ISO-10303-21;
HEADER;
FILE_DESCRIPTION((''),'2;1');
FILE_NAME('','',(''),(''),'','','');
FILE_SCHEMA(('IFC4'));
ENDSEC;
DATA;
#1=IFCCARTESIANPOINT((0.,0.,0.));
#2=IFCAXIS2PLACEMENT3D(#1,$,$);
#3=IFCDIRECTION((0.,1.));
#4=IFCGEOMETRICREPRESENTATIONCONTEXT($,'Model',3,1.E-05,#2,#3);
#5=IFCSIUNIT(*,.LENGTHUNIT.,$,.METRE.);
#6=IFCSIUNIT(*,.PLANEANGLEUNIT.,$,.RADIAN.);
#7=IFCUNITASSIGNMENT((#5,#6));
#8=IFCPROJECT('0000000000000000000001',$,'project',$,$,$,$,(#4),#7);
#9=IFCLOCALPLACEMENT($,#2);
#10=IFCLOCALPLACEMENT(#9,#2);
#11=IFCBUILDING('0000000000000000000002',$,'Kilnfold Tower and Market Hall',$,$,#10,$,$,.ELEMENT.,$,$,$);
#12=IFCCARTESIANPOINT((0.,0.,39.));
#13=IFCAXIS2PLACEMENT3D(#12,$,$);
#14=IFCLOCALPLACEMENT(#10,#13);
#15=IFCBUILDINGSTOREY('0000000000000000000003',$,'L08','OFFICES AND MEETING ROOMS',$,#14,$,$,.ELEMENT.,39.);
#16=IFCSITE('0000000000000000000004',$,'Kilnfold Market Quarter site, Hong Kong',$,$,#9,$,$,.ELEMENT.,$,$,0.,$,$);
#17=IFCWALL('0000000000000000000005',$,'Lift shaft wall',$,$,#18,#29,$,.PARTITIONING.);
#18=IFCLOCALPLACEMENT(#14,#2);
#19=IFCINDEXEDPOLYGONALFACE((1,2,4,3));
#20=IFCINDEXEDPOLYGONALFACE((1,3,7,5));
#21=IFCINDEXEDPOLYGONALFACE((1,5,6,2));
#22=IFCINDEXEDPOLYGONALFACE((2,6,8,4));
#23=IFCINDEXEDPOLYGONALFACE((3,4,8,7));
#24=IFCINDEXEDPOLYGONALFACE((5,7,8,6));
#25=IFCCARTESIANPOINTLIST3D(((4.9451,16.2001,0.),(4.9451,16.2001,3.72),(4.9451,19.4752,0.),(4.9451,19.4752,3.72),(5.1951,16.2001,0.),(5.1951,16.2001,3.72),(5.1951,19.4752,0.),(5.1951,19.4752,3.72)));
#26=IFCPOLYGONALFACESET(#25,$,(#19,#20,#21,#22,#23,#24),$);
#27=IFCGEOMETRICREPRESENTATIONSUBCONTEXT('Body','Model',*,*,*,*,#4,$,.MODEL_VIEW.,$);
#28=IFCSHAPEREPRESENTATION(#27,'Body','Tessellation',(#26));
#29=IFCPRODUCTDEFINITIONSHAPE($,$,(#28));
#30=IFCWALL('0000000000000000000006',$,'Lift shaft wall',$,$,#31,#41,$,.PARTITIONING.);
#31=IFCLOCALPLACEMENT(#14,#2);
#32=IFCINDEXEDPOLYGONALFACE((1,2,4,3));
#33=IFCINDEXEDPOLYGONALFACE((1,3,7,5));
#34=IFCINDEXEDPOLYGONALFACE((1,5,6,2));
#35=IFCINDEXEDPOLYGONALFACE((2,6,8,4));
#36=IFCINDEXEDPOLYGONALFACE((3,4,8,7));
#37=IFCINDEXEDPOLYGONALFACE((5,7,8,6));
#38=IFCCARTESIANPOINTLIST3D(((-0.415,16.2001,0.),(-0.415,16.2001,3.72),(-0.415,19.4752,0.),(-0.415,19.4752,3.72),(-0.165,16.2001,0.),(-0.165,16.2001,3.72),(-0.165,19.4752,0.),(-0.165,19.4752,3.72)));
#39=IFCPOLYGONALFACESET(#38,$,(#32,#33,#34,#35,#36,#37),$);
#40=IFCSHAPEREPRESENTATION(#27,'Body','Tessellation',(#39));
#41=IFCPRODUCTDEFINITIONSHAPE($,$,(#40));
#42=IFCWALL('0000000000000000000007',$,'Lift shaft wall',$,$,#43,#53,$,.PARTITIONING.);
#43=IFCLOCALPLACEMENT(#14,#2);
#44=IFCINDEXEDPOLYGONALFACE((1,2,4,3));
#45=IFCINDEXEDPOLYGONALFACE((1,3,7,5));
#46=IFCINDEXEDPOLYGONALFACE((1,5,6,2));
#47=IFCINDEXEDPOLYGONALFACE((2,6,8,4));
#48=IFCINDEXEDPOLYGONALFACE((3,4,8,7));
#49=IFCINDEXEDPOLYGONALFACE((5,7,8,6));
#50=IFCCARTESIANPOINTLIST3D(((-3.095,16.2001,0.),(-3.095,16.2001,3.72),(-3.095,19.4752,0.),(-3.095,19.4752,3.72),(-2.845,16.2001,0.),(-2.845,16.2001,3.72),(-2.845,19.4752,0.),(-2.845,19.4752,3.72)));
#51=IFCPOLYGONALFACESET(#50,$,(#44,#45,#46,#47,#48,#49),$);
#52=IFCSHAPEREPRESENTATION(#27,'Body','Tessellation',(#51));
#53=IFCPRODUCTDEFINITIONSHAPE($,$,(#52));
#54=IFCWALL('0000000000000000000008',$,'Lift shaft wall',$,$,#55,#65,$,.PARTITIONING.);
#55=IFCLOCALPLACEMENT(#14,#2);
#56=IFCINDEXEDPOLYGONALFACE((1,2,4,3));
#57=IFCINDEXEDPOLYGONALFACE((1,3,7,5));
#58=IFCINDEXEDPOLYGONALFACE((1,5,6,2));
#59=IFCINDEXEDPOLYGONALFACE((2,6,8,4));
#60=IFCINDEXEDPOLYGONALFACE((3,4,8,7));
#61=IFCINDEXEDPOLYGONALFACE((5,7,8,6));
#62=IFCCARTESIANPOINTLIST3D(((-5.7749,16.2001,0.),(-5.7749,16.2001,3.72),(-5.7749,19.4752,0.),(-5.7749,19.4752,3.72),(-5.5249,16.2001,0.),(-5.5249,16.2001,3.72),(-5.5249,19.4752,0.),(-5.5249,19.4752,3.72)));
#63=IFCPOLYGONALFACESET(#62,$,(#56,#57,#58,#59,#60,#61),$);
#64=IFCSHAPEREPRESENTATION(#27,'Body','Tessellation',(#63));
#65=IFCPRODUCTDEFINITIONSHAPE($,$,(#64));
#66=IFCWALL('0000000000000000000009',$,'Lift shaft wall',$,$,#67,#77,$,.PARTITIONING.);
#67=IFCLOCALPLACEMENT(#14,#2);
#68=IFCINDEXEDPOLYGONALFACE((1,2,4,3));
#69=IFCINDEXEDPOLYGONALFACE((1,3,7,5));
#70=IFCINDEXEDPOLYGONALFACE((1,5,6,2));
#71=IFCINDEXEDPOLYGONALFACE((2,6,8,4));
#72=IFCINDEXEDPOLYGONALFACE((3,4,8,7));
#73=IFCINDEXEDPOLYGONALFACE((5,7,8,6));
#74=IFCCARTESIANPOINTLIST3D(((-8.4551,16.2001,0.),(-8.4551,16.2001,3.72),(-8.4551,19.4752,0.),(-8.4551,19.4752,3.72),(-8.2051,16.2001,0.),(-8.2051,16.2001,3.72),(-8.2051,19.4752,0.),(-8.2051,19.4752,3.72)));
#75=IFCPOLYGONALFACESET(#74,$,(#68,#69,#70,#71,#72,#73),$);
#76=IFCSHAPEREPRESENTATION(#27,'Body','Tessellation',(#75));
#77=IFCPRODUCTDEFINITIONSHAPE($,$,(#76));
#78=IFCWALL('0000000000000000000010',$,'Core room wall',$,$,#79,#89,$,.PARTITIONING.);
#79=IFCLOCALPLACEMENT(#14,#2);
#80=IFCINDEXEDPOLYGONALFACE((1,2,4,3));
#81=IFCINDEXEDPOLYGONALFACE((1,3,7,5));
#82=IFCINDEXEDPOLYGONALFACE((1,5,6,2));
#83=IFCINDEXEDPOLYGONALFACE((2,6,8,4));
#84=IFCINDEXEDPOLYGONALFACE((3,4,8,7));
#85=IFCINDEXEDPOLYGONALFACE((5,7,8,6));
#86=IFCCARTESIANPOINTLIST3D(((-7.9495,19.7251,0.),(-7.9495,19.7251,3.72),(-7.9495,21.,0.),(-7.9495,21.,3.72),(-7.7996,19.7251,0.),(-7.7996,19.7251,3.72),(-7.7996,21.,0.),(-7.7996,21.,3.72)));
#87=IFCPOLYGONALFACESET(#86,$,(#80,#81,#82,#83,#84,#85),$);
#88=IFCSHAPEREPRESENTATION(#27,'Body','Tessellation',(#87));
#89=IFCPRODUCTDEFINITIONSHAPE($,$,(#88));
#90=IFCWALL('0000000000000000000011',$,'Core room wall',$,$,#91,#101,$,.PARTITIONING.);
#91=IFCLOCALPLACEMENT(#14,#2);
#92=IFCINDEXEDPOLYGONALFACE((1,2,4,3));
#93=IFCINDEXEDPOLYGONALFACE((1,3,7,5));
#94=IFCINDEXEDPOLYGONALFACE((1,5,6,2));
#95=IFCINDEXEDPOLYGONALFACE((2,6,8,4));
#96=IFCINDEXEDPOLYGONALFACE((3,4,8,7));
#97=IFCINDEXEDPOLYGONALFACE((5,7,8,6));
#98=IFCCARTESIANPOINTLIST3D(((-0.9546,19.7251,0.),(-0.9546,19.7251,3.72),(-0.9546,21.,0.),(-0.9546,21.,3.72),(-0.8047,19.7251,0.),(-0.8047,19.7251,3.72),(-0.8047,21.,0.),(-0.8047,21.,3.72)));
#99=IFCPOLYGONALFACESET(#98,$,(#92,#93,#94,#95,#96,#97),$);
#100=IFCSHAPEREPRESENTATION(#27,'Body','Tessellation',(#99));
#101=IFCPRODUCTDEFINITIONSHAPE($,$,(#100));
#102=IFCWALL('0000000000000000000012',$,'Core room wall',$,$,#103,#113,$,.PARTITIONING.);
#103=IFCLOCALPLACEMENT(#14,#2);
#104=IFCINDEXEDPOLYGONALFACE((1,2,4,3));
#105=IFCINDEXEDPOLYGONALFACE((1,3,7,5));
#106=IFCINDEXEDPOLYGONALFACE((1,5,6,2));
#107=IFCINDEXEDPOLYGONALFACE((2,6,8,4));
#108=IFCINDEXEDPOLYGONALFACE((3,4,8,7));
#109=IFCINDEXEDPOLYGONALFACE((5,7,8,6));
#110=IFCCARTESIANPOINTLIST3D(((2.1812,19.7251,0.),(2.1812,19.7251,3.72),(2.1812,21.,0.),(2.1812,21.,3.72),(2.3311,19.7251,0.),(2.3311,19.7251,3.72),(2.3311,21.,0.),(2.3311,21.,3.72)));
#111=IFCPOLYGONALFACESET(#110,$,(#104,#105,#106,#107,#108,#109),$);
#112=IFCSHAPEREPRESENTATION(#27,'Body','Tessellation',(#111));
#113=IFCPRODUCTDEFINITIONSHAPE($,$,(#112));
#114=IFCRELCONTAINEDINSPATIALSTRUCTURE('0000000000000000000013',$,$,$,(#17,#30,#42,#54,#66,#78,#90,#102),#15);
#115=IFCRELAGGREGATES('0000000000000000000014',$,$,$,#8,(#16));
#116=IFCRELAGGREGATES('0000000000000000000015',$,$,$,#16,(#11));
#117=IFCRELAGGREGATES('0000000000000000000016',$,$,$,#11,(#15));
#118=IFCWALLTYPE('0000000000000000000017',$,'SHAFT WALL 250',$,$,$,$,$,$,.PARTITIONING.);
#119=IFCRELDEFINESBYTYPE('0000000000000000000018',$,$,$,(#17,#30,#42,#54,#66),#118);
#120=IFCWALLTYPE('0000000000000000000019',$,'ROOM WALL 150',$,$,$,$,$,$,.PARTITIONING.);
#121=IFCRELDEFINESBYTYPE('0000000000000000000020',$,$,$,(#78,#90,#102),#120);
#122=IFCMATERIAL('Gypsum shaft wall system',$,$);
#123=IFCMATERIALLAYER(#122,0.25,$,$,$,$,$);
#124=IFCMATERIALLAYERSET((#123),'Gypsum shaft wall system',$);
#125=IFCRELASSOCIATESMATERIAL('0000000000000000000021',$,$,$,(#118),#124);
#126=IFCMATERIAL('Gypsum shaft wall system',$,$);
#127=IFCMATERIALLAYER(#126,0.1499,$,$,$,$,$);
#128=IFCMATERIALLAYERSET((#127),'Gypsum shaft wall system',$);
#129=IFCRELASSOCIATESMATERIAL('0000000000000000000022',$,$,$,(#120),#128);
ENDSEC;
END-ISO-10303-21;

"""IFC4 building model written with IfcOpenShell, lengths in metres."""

from ifc_helpers import new_model, si_unit, direction, frame, frame_2d, origin, place, context, subcontext, project, spatial, rectangle, extrude, source, transform, mapped, material, layer, layer_set, type_object, element, save


model = new_model("IFC4")

# Units and contexts
model_context = context("Model", 3, precision=1e-05, world=origin(), true_north=direction((0.0, 1.0)))
body_context = subcontext(model_context, "Body", "Model", "MODEL_VIEW")
ifc_project = project(units=[si_unit("LENGTHUNIT", "METRE"), si_unit("PLANEANGLEUNIT", "RADIAN")], contexts=[model_context])

# Site, building, storey
site_placement = place(None, origin())
site = spatial("IfcSite", under=ifc_project, at=site_placement, Name="Kilnfold Market Quarter site, Hong Kong", CompositionType="ELEMENT", RefElevation=0.0)
building_placement = place(site_placement, origin())
building = spatial("IfcBuilding", under=site, at=building_placement, Name="Kilnfold Tower and Market Hall", CompositionType="ELEMENT")
storey_placement = place(building_placement, frame((0.0, 0.0, 39.0)))
storey = spatial("IfcBuildingStorey", under=building, at=storey_placement, Name="L08", Description="OFFICES AND MEETING ROOMS", CompositionType="ELEMENT", Elevation=39.0)

# Walls
ifc_material_1 = material(Name="Gypsum shaft wall system")
ifc_layer_1 = layer(ifc_material_1, 0.25)
ifc_layer_set_1 = layer_set([ifc_layer_1], Name="Gypsum shaft wall system")
wall_type_1 = type_object("IfcWallType", Name="SHAFT WALL 250", PredefinedType="PARTITIONING", material=ifc_layer_set_1)
shared_shape_1 = source(origin(), body_context, "Body", "SweptSolid", [
    extrude(rectangle(XDim=3.2751, YDim=0.25, at=frame_2d((1.6377, 0.0))), origin(), (0.0, 0.0, 1.0), 3.72),
])
for number, where, z_axis, x_axis, name in (
    (1, (5.0701, 16.2, 0.0), (0.0, 0.0, 1.0), (0.0, 1.0, 0.0), "Lift shaft wall"),
    (2, (-0.29, 16.2, 0.0), (0.0, 0.0, 1.0), (0.0, 1.0, 0.0), "Lift shaft wall"),
    (3, (-2.97, 16.2, 0.0), (0.0, 0.0, 1.0), (0.0, 1.0, 0.0), "Lift shaft wall"),
    (4, (-5.6499, 16.2, 0.0), (0.0, 0.0, 1.0), (0.0, 1.0, 0.0), "Lift shaft wall"),
    (5, (-8.3301, 16.2, 0.0), (0.0, 0.0, 1.0), (0.0, 1.0, 0.0), "Lift shaft wall"),
):
    element("IfcWall", number, at=place(storey_placement, frame(where, z_axis=z_axis, x_axis=x_axis)), inside=storey, type_object=wall_type_1, Name=name, PredefinedType="PARTITIONING", context=body_context, shape_type="MappedRepresentation", body=[
        mapped(shared_shape_1, transform((0.0, 0.0, 0.0))),
    ])
ifc_material_2 = material(Name="Gypsum shaft wall system")
ifc_layer_2 = layer(ifc_material_2, 0.1499)
ifc_layer_set_2 = layer_set([ifc_layer_2], Name="Gypsum shaft wall system")
wall_type_2 = type_object("IfcWallType", Name="ROOM WALL 150", PredefinedType="PARTITIONING", material=ifc_layer_set_2)
shared_shape_2 = source(origin(), body_context, "Body", "SweptSolid", [
    extrude(rectangle(XDim=1.2749, YDim=0.1499, at=frame_2d((0.6375, 0.0))), origin(), (0.0, 0.0, 1.0), 3.72),
])
for number, where, z_axis, x_axis, name in (
    (6, (-7.8745, 19.7251, 0.0), (0.0, 0.0, 1.0), (0.0, 1.0, 0.0), "Core room wall"),
    (7, (-0.8796, 19.7251, 0.0), (0.0, 0.0, 1.0), (0.0, 1.0, 0.0), "Core room wall"),
    (8, (2.2561, 19.7251, 0.0), (0.0, 0.0, 1.0), (0.0, 1.0, 0.0), "Core room wall"),
):
    element("IfcWall", number, at=place(storey_placement, frame(where, z_axis=z_axis, x_axis=x_axis)), inside=storey, type_object=wall_type_2, Name=name, PredefinedType="PARTITIONING", context=body_context, shape_type="MappedRepresentation", body=[
        mapped(shared_shape_2, transform((0.0, 0.0, 0.0))),
    ])

save(model, "model.ifc")
